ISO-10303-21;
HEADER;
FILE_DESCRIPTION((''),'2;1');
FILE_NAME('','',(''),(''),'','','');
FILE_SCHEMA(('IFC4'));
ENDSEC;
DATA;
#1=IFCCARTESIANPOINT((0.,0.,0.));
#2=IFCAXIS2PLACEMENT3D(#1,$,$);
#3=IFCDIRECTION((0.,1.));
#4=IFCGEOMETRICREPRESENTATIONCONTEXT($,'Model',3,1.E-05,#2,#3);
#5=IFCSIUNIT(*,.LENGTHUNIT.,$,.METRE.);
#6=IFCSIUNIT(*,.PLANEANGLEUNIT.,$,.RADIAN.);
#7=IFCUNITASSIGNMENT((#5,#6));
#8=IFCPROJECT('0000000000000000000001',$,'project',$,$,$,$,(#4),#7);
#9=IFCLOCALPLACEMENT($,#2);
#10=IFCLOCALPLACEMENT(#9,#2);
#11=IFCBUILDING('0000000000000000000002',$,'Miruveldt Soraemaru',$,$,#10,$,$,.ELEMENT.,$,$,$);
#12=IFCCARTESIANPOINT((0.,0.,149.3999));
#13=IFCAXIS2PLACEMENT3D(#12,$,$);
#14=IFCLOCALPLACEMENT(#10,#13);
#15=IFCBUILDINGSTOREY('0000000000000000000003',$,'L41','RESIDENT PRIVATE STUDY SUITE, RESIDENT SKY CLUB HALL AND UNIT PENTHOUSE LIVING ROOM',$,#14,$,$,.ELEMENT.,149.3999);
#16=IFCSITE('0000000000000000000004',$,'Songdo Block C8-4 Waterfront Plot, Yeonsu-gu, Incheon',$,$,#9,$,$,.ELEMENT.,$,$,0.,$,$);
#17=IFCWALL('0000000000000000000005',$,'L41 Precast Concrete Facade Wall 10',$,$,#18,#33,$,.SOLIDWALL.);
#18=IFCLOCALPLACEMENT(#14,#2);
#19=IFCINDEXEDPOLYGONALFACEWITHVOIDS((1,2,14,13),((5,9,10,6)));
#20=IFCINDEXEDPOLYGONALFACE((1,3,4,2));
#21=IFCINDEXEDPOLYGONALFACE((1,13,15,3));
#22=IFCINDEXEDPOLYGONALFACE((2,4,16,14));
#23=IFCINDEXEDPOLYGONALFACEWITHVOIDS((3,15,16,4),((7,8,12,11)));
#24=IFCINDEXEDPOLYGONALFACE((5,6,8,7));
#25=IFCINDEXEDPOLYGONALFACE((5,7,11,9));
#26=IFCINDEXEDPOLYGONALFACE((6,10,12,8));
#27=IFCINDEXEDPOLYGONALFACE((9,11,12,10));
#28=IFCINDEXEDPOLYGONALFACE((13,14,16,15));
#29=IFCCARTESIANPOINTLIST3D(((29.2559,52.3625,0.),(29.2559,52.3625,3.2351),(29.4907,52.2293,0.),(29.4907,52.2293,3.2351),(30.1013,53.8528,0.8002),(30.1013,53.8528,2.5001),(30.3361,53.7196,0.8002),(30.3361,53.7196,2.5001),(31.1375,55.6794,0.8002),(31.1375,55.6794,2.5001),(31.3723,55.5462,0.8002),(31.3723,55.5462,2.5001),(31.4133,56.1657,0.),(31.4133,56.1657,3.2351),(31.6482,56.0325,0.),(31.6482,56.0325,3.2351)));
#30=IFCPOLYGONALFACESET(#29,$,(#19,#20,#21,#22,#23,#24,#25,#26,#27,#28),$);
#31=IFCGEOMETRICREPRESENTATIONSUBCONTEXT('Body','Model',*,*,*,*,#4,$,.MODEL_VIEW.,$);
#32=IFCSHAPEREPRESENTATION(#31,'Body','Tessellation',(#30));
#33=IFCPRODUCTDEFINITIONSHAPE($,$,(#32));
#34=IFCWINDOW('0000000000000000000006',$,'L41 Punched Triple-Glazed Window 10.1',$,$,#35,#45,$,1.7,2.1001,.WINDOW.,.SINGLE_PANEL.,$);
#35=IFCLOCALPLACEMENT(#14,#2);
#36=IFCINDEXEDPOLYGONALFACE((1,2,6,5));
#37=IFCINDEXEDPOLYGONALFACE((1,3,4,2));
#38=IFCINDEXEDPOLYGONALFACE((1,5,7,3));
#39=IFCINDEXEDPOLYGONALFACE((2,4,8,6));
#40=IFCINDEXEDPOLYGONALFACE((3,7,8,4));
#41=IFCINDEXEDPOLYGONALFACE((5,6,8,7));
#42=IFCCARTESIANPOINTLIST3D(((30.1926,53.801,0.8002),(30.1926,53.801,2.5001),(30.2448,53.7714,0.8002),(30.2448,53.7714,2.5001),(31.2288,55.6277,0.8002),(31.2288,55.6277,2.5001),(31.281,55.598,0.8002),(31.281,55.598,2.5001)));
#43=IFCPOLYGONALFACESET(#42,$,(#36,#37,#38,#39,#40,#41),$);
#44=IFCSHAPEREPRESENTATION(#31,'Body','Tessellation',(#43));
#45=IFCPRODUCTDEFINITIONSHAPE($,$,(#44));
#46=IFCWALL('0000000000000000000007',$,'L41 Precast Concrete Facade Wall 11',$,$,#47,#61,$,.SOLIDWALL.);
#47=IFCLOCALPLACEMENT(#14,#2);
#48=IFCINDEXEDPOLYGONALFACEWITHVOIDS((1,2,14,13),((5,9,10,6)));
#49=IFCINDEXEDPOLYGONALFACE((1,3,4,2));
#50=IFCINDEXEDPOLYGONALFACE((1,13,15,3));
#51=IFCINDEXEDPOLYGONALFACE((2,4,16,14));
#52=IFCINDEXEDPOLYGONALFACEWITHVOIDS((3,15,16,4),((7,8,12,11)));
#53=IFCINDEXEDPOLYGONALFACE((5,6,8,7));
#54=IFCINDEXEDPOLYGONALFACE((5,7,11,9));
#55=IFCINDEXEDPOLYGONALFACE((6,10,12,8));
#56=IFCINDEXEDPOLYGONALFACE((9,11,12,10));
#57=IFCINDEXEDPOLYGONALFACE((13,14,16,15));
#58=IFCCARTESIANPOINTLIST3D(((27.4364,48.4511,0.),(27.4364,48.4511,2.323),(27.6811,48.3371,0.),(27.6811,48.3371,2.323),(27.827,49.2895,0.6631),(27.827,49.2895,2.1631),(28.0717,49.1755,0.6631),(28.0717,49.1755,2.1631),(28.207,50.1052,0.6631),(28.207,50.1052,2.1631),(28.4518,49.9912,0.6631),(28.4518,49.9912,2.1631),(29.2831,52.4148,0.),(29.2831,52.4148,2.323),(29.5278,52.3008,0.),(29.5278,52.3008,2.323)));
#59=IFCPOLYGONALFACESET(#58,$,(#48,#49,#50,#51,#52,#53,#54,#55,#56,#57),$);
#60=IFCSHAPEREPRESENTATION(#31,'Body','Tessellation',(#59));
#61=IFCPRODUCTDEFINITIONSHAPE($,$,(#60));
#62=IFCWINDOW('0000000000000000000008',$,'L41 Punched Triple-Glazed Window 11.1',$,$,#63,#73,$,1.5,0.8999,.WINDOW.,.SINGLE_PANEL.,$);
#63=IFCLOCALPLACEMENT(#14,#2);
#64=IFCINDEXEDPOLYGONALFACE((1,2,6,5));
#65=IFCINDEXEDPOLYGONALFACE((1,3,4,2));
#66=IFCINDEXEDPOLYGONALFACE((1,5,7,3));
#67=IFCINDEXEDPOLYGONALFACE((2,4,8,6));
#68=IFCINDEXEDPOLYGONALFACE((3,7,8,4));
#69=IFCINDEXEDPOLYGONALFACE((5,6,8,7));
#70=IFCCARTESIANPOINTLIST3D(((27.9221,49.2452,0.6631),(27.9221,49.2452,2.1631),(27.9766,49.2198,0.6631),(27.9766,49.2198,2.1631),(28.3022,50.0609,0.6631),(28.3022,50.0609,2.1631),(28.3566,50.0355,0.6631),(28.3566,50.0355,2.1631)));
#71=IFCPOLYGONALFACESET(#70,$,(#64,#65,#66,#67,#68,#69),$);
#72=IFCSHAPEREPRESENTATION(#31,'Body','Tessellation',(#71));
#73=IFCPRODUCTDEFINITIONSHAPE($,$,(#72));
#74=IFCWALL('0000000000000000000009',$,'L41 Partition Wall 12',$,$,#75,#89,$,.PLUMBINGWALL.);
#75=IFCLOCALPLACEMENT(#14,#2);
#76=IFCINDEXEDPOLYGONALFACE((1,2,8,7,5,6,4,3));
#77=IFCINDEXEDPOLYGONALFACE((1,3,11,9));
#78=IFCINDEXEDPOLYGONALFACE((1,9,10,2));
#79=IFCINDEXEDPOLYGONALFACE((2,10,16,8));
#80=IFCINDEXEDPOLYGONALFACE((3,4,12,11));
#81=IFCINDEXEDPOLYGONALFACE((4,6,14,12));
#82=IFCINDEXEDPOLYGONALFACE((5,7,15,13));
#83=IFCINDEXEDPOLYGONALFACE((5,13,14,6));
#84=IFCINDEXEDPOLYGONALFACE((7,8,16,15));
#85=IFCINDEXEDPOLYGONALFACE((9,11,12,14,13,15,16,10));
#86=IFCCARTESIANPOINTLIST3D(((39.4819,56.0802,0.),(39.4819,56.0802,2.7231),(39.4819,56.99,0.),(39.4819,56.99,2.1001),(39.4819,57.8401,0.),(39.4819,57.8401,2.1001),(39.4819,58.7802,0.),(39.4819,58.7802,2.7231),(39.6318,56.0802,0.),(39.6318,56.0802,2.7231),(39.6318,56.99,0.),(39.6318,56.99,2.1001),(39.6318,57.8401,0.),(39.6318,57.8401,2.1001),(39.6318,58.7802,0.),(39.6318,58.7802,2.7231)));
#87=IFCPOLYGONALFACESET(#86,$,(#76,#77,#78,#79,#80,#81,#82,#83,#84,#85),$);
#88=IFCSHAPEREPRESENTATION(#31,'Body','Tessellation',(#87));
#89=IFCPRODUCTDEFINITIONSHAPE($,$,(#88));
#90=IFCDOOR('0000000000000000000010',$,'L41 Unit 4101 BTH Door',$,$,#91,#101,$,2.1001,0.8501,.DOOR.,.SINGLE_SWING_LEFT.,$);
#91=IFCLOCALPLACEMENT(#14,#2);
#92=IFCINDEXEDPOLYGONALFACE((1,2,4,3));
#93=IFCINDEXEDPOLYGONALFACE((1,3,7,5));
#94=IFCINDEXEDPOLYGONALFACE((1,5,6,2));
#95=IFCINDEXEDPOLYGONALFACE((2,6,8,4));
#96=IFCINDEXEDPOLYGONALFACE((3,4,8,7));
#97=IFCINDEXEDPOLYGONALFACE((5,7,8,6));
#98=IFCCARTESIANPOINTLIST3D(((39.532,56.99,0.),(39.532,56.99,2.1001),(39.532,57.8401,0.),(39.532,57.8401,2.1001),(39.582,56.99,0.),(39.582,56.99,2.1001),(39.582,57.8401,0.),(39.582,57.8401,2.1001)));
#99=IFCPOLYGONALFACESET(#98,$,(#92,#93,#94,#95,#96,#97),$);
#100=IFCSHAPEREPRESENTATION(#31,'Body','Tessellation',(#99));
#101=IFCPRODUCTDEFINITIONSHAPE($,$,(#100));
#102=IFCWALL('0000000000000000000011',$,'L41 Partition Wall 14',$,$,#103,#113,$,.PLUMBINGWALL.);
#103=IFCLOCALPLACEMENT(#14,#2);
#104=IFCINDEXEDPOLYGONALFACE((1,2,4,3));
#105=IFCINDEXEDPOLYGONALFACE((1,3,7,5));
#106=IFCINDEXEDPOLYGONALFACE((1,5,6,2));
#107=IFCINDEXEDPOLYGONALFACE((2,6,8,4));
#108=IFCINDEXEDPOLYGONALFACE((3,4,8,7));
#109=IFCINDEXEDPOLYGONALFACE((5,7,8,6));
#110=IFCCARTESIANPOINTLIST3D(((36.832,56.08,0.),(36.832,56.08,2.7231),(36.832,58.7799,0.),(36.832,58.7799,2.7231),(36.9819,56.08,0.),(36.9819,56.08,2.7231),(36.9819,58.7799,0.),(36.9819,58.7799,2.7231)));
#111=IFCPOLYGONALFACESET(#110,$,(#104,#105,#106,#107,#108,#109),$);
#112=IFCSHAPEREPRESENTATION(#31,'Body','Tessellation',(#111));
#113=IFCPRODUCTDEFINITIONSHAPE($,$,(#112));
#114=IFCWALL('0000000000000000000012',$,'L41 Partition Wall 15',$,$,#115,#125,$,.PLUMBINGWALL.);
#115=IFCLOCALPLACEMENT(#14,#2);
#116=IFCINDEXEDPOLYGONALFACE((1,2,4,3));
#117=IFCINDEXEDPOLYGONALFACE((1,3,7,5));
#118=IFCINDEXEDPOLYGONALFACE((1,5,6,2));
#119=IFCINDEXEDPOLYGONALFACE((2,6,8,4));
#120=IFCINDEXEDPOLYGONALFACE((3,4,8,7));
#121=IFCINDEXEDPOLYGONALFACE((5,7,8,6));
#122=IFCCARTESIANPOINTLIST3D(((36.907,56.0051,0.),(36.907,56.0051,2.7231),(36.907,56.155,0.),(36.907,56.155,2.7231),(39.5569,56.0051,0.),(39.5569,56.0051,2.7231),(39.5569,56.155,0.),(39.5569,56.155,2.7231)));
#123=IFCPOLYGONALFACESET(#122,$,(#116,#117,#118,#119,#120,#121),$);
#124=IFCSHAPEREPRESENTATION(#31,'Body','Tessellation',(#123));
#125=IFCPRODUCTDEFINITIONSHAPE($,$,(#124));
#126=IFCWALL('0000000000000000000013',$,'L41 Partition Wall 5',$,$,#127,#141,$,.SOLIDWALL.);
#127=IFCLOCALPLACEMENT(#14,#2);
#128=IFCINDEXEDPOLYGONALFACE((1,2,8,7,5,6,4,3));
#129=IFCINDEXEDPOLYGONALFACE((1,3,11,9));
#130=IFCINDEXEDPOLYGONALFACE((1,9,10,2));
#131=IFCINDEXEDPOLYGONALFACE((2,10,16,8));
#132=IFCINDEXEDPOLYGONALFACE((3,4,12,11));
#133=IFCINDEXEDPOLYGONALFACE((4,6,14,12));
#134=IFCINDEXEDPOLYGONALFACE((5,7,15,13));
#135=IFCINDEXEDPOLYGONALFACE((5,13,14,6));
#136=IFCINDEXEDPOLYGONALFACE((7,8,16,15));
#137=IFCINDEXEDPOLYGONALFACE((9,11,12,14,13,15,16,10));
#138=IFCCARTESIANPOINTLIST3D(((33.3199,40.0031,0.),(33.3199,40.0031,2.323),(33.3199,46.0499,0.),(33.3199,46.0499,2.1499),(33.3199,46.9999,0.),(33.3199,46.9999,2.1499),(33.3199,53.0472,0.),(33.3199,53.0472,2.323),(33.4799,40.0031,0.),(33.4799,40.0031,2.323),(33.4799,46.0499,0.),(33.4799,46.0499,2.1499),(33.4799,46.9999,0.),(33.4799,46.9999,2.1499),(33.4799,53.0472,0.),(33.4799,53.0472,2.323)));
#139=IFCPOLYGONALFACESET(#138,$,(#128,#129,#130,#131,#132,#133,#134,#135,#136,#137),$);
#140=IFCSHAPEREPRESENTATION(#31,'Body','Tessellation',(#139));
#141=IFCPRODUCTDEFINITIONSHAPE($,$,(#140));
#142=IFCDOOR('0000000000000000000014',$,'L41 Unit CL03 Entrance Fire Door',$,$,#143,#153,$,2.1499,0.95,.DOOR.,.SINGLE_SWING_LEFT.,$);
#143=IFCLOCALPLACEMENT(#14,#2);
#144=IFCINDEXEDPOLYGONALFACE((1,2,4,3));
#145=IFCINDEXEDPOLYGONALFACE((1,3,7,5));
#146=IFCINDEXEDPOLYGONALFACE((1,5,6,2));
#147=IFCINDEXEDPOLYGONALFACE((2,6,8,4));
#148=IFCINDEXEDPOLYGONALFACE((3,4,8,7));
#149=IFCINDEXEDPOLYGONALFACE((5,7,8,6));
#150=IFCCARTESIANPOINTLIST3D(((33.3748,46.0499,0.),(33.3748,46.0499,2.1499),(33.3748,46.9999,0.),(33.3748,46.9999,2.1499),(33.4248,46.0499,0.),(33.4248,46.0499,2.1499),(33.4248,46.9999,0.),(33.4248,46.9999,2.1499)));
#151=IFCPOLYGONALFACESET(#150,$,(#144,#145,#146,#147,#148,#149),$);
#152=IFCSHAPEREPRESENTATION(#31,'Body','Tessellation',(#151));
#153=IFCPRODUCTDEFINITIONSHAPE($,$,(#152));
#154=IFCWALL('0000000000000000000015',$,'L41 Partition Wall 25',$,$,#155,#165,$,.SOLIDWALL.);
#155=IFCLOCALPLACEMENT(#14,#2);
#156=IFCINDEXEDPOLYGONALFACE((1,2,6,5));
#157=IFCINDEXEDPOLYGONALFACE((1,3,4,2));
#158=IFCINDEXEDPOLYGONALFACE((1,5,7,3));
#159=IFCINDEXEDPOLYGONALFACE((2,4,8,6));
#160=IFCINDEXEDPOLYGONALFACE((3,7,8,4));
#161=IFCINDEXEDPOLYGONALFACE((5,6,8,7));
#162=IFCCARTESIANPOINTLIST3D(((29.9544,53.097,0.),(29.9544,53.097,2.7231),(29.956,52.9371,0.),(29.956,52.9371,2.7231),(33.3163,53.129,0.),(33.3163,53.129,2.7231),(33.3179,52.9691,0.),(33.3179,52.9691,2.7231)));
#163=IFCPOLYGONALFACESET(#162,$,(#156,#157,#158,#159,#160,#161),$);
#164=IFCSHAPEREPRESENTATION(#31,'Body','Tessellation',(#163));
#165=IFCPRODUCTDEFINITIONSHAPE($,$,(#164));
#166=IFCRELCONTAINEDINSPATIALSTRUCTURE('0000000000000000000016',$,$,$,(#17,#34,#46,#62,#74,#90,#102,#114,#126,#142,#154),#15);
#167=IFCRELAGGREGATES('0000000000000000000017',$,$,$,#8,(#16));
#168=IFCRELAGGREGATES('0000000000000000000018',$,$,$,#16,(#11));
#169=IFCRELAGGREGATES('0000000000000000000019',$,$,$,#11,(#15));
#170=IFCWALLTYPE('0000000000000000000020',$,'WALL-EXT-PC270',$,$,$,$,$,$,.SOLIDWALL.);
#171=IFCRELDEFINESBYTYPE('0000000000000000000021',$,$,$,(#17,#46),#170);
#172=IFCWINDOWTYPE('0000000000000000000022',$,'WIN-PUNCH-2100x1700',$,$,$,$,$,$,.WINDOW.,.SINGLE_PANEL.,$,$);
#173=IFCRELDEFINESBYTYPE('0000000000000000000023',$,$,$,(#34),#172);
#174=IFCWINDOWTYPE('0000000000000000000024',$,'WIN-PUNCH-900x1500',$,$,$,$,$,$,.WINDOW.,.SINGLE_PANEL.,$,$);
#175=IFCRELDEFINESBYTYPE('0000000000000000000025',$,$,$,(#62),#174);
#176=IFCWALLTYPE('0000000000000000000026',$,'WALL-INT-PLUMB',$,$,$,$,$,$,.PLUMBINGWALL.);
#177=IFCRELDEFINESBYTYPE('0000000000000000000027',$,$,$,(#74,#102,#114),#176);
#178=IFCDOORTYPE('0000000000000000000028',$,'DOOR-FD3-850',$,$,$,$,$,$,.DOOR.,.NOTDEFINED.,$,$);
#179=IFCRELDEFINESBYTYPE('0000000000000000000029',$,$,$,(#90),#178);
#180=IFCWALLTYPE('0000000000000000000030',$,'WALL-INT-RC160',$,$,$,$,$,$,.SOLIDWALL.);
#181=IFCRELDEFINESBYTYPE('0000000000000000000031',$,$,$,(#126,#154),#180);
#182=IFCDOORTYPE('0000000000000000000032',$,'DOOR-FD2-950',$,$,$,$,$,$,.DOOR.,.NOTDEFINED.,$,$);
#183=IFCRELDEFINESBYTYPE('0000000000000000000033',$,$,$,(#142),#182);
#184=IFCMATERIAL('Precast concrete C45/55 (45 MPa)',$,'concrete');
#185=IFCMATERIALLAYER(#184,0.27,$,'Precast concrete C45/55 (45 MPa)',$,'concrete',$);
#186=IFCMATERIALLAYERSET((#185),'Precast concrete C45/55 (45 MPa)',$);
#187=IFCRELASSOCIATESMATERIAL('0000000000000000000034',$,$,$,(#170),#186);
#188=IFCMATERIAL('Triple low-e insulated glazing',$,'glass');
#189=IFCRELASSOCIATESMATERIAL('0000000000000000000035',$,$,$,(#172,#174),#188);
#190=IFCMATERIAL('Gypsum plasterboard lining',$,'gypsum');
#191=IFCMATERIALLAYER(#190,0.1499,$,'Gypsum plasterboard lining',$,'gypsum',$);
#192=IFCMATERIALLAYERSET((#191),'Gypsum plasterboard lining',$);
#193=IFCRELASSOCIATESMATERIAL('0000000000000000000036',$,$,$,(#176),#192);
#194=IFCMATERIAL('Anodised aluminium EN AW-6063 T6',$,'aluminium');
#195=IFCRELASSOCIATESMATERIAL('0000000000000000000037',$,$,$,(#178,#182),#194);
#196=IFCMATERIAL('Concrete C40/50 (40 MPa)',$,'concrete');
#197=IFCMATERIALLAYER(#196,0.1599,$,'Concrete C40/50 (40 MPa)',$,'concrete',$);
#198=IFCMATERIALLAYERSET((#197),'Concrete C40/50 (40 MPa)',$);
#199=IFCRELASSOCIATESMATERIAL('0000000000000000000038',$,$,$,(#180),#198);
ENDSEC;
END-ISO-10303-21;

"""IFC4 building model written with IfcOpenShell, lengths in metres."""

from ifc_helpers import new_model, si_unit, direction, frame, frame_2d, origin, place, context, subcontext, project, spatial, rectangle, extrude, material, layer, layer_set, type_object, element, fill, save


model = new_model("IFC4")

# Units and contexts
model_context = context("Model", 3, precision=1e-05, world=origin(), true_north=direction((0.0, 1.0)))
body_context = subcontext(model_context, "Body", "Model", "MODEL_VIEW")
ifc_project = project(units=[si_unit("LENGTHUNIT", "METRE"), si_unit("PLANEANGLEUNIT", "RADIAN")], contexts=[model_context])

# Site, building, storey
site_placement = place(None, origin())
site = spatial("IfcSite", under=ifc_project, at=site_placement, Name="Songdo Block C8-4 Waterfront Plot, Yeonsu-gu, Incheon", CompositionType="ELEMENT", RefElevation=0.0)
building_placement = place(site_placement, origin())
building = spatial("IfcBuilding", under=site, at=building_placement, Name="Miruveldt Soraemaru", CompositionType="ELEMENT")
storey_placement = place(building_placement, frame((0.0, 0.0, 149.3999)))
storey = spatial("IfcBuildingStorey", under=building, at=storey_placement, Name="L41", Description="RESIDENT PRIVATE STUDY SUITE, RESIDENT SKY CLUB HALL AND UNIT PENTHOUSE LIVING ROOM", CompositionType="ELEMENT", Elevation=149.3999)

# Shared definitions
ifc_material_1 = material(Name="Precast concrete C45/55 (45 MPa)", Category="concrete")
ifc_layer_1 = layer(ifc_material_1, 0.27, Name="Precast concrete C45/55 (45 MPa)", Category="concrete")
ifc_layer_set_1 = layer_set([ifc_layer_1], Name="Precast concrete C45/55 (45 MPa)")
wall_type_1 = type_object("IfcWallType", Name="WALL-EXT-PC270", PredefinedType="SOLIDWALL", material=ifc_layer_set_1)

# Walls, openings, windows
wall_1_placement = place(storey_placement, frame((31.5308, 56.0991, 0.0), z_axis=(0.0, 0.0, 1.0), x_axis=(-0.493413, -0.869795, 0.0)))
wall_1 = element("IfcWall", 1, at=wall_1_placement, inside=storey, type_object=wall_type_1, Name="L41 Precast Concrete Facade Wall 10", PredefinedType="SOLIDWALL", context=body_context, shape_type="SweptSolid", body=[
    extrude(rectangle(XDim=4.3726, YDim=0.27, at=frame_2d((2.1863, 0.0))), origin(), (0.0, 0.0, 1.0), 3.2351),
])
opening_1_placement = place(wall_1_placement, frame((0.5591, 0.0, 0.8)))
opening_1 = element("IfcOpeningElement", 2, at=opening_1_placement, cuts=wall_1, PredefinedType="OPENING", context=body_context, shape_type="SweptSolid", body=[
    extrude(rectangle(XDim=2.1001, YDim=1.7, at=frame_2d((1.05, 0.8501))), frame((0.0, 0.145, 0.0), z_axis=(0.0, -1.0, 0.0), x_axis=(1.0, 0.0, 0.0)), (0.0, 0.0, 1.0), 0.29),
])
ifc_material_2 = material(Name="Triple low-e insulated glazing", Category="glass")
window_type_1 = type_object("IfcWindowType", Name="WIN-PUNCH-2100x1700", PartitioningType="SINGLE_PANEL", PredefinedType="WINDOW", material=ifc_material_2)
window_1_placement = place(opening_1_placement, origin())
window_1 = element("IfcWindow", 3, at=window_1_placement, inside=storey, type_object=window_type_1, Name="L41 Punched Triple-Glazed Window 10.1", OverallHeight=1.7, OverallWidth=2.1001, PartitioningType="SINGLE_PANEL", PredefinedType="WINDOW", context=body_context, shape_type="SweptSolid", body=[
    extrude(rectangle(XDim=2.1001, YDim=1.7, at=frame_2d((1.05, 0.8501))), frame((0.0, 0.03, 0.0), z_axis=(0.0, -1.0, 0.0), x_axis=(1.0, 0.0, 0.0)), (0.0, 0.0, 1.0), 0.0601),
])
fill(opening_1, window_1)
wall_2_placement = place(storey_placement, frame((29.4055, 52.3579, 0.0), z_axis=(0.0, 0.0, 1.0), x_axis=(-0.42232, -0.906447, 0.0)))
wall_2 = element("IfcWall", 4, at=wall_2_placement, inside=storey, type_object=wall_type_1, Name="L41 Precast Concrete Facade Wall 11", PredefinedType="SOLIDWALL", context=body_context, shape_type="SweptSolid", body=[
    extrude(rectangle(XDim=4.3728, YDim=0.27, at=frame_2d((2.1865, 0.0))), origin(), (0.0, 0.0, 1.0), 2.323),
])
opening_2_placement = place(wall_2_placement, frame((2.5481, 0.0, 0.6631)))
opening_2 = element("IfcOpeningElement", 5, at=opening_2_placement, cuts=wall_2, PredefinedType="OPENING", context=body_context, shape_type="SweptSolid", body=[
    extrude(rectangle(XDim=0.8999, YDim=1.5, at=frame_2d((0.45, 0.75))), frame((0.0, 0.145, 0.0), z_axis=(0.0, -1.0, 0.0), x_axis=(1.0, 0.0, 0.0)), (0.0, 0.0, 1.0), 0.29),
])
window_type_2 = type_object("IfcWindowType", Name="WIN-PUNCH-900x1500", PartitioningType="SINGLE_PANEL", PredefinedType="WINDOW", material=ifc_material_2)
window_2_placement = place(opening_2_placement, origin())
window_2 = element("IfcWindow", 6, at=window_2_placement, inside=storey, type_object=window_type_2, Name="L41 Punched Triple-Glazed Window 11.1", OverallHeight=1.5, OverallWidth=0.8999, PartitioningType="SINGLE_PANEL", PredefinedType="WINDOW", context=body_context, shape_type="SweptSolid", body=[
    extrude(rectangle(XDim=0.8999, YDim=1.5, at=frame_2d((0.45, 0.75))), frame((0.0, 0.03, 0.0), z_axis=(0.0, -1.0, 0.0), x_axis=(1.0, 0.0, 0.0)), (0.0, 0.0, 1.0), 0.0601),
])
fill(opening_2, window_2)

# Wall, opening, door
ifc_material_3 = material(Name="Gypsum plasterboard lining", Category="gypsum")
ifc_layer_2 = layer(ifc_material_3, 0.1499, Name="Gypsum plasterboard lining", Category="gypsum")
ifc_layer_set_2 = layer_set([ifc_layer_2], Name="Gypsum plasterboard lining")
wall_type_2 = type_object("IfcWallType", Name="WALL-INT-PLUMB", PredefinedType="PLUMBINGWALL", material=ifc_layer_set_2)
wall_3_placement = place(storey_placement, frame((39.5569, 56.0801, 0.0), z_axis=(0.0, 0.0, 1.0), x_axis=(0.0, 1.0, 0.0)))
wall_3 = element("IfcWall", 7, at=wall_3_placement, inside=storey, type_object=wall_type_2, Name="L41 Partition Wall 12", PredefinedType="PLUMBINGWALL", context=body_context, shape_type="SweptSolid", body=[
    extrude(rectangle(XDim=2.7, YDim=0.1499, at=frame_2d((1.3501, 0.0))), origin(), (0.0, 0.0, 1.0), 2.7231),
])
opening_3_placement = place(wall_3_placement, frame((0.9099, 0.0, 0.0)))
opening_3 = element("IfcOpeningElement", 8, at=opening_3_placement, cuts=wall_3, PredefinedType="OPENING", context=body_context, shape_type="SweptSolid", body=[
    extrude(rectangle(XDim=0.8501, YDim=2.1001, at=frame_2d((0.425, 1.05))), frame((0.0, 0.085, 0.0), z_axis=(0.0, -1.0, 0.0), x_axis=(1.0, 0.0, 0.0)), (0.0, 0.0, 1.0), 0.1699),
])
ifc_material_4 = material(Name="Anodised aluminium EN AW-6063 T6", Category="aluminium")
door_type_1 = type_object("IfcDoorType", Name="DOOR-FD3-850", OperationType="NOTDEFINED", PredefinedType="DOOR", material=ifc_material_4)
door_1_placement = place(opening_3_placement, origin())
door_1 = element("IfcDoor", 9, at=door_1_placement, inside=storey, type_object=door_type_1, Name="L41 Unit 4101 BTH Door", OperationType="SINGLE_SWING_LEFT", OverallHeight=2.1001, OverallWidth=0.8501, PredefinedType="DOOR", context=body_context, shape_type="SweptSolid", body=[
    extrude(rectangle(XDim=0.8501, YDim=2.1001, at=frame_2d((0.425, 1.05))), frame((0.0, 0.0249, 0.0), z_axis=(0.0, -1.0, 0.0), x_axis=(1.0, 0.0, 0.0)), (0.0, 0.0, 1.0), 0.05),
])
fill(opening_3, door_1)

# Walls
wall_4_placement = place(storey_placement, frame((36.907, 58.78, 0.0), z_axis=(0.0, 0.0, 1.0), x_axis=(0.0, -1.0, 0.0)))
element("IfcWall", 10, at=wall_4_placement, inside=storey, type_object=wall_type_2, Name="L41 Partition Wall 14", PredefinedType="PLUMBINGWALL", context=body_context, shape_type="SweptSolid", body=[
    extrude(rectangle(XDim=2.7, YDim=0.1499, at=frame_2d((1.3501, 0.0))), origin(), (0.0, 0.0, 1.0), 2.7231),
])
wall_5_placement = place(storey_placement, frame((36.907, 56.0801, 0.0), z_axis=(0.0, 0.0, 1.0), x_axis=(1.0, 0.0, 0.0)))
element("IfcWall", 11, at=wall_5_placement, inside=storey, type_object=wall_type_2, Name="L41 Partition Wall 15", PredefinedType="PLUMBINGWALL", context=body_context, shape_type="SweptSolid", body=[
    extrude(rectangle(XDim=2.6499, YDim=0.1499, at=frame_2d((1.325, 0.0))), origin(), (0.0, 0.0, 1.0), 2.7231),
])

# Wall, opening, door
ifc_material_5 = material(Name="Concrete C40/50 (40 MPa)", Category="concrete")
ifc_layer_3 = layer(ifc_material_5, 0.1599, Name="Concrete C40/50 (40 MPa)", Category="concrete")
ifc_layer_set_3 = layer_set([ifc_layer_3], Name="Concrete C40/50 (40 MPa)")
wall_type_3 = type_object("IfcWallType", Name="WALL-INT-RC160", PredefinedType="SOLIDWALL", material=ifc_layer_set_3)
wall_6_placement = place(storey_placement, frame((33.3999, 53.0471, 0.0), z_axis=(0.0, 0.0, 1.0), x_axis=(0.0, -1.0, 0.0)))
wall_6 = element("IfcWall", 12, at=wall_6_placement, inside=storey, type_object=wall_type_3, Name="L41 Partition Wall 5", PredefinedType="SOLIDWALL", context=body_context, shape_type="SweptSolid", body=[
    extrude(rectangle(XDim=13.0442, YDim=0.1599, at=frame_2d((6.522, 0.0))), origin(), (0.0, 0.0, 1.0), 2.323),
])
opening_4_placement = place(wall_6_placement, frame((6.0471, 0.0, 0.0)))
opening_4 = element("IfcOpeningElement", 13, at=opening_4_placement, cuts=wall_6, PredefinedType="OPENING", context=body_context, shape_type="SweptSolid", body=[
    extrude(rectangle(XDim=0.95, YDim=2.1499, at=frame_2d((0.4751, 1.075))), frame((0.0, 0.0898, 0.0), z_axis=(0.0, -1.0, 0.0), x_axis=(1.0, 0.0, 0.0)), (0.0, 0.0, 1.0), 0.1799),
])
door_type_2 = type_object("IfcDoorType", Name="DOOR-FD2-950", OperationType="NOTDEFINED", PredefinedType="DOOR", material=ifc_material_4)
door_2_placement = place(opening_4_placement, origin())
door_2 = element("IfcDoor", 14, at=door_2_placement, inside=storey, type_object=door_type_2, Name="L41 Unit CL03 Entrance Fire Door", OperationType="SINGLE_SWING_LEFT", OverallHeight=2.1499, OverallWidth=0.95, PredefinedType="DOOR", context=body_context, shape_type="SweptSolid", body=[
    extrude(rectangle(XDim=0.95, YDim=2.1499, at=frame_2d((0.4751, 1.075))), frame((0.0, 0.0249, 0.0), z_axis=(0.0, -1.0, 0.0), x_axis=(1.0, 0.0, 0.0)), (0.0, 0.0, 1.0), 0.05),
])
fill(opening_4, door_2)

# Wall
wall_7_placement = place(storey_placement, frame((29.9551, 53.0171, 0.0), z_axis=(0.0, 0.0, 1.0), x_axis=(0.999955, 0.009513, 0.0)))
element("IfcWall", 15, at=wall_7_placement, inside=storey, type_object=wall_type_3, Name="L41 Partition Wall 25", PredefinedType="SOLIDWALL", context=body_context, shape_type="SweptSolid", body=[
    extrude(rectangle(XDim=3.3621, YDim=0.1599, at=frame_2d((1.6812, 0.0))), origin(), (0.0, 0.0, 1.0), 2.7231),
])

save(model, "model.ifc")
